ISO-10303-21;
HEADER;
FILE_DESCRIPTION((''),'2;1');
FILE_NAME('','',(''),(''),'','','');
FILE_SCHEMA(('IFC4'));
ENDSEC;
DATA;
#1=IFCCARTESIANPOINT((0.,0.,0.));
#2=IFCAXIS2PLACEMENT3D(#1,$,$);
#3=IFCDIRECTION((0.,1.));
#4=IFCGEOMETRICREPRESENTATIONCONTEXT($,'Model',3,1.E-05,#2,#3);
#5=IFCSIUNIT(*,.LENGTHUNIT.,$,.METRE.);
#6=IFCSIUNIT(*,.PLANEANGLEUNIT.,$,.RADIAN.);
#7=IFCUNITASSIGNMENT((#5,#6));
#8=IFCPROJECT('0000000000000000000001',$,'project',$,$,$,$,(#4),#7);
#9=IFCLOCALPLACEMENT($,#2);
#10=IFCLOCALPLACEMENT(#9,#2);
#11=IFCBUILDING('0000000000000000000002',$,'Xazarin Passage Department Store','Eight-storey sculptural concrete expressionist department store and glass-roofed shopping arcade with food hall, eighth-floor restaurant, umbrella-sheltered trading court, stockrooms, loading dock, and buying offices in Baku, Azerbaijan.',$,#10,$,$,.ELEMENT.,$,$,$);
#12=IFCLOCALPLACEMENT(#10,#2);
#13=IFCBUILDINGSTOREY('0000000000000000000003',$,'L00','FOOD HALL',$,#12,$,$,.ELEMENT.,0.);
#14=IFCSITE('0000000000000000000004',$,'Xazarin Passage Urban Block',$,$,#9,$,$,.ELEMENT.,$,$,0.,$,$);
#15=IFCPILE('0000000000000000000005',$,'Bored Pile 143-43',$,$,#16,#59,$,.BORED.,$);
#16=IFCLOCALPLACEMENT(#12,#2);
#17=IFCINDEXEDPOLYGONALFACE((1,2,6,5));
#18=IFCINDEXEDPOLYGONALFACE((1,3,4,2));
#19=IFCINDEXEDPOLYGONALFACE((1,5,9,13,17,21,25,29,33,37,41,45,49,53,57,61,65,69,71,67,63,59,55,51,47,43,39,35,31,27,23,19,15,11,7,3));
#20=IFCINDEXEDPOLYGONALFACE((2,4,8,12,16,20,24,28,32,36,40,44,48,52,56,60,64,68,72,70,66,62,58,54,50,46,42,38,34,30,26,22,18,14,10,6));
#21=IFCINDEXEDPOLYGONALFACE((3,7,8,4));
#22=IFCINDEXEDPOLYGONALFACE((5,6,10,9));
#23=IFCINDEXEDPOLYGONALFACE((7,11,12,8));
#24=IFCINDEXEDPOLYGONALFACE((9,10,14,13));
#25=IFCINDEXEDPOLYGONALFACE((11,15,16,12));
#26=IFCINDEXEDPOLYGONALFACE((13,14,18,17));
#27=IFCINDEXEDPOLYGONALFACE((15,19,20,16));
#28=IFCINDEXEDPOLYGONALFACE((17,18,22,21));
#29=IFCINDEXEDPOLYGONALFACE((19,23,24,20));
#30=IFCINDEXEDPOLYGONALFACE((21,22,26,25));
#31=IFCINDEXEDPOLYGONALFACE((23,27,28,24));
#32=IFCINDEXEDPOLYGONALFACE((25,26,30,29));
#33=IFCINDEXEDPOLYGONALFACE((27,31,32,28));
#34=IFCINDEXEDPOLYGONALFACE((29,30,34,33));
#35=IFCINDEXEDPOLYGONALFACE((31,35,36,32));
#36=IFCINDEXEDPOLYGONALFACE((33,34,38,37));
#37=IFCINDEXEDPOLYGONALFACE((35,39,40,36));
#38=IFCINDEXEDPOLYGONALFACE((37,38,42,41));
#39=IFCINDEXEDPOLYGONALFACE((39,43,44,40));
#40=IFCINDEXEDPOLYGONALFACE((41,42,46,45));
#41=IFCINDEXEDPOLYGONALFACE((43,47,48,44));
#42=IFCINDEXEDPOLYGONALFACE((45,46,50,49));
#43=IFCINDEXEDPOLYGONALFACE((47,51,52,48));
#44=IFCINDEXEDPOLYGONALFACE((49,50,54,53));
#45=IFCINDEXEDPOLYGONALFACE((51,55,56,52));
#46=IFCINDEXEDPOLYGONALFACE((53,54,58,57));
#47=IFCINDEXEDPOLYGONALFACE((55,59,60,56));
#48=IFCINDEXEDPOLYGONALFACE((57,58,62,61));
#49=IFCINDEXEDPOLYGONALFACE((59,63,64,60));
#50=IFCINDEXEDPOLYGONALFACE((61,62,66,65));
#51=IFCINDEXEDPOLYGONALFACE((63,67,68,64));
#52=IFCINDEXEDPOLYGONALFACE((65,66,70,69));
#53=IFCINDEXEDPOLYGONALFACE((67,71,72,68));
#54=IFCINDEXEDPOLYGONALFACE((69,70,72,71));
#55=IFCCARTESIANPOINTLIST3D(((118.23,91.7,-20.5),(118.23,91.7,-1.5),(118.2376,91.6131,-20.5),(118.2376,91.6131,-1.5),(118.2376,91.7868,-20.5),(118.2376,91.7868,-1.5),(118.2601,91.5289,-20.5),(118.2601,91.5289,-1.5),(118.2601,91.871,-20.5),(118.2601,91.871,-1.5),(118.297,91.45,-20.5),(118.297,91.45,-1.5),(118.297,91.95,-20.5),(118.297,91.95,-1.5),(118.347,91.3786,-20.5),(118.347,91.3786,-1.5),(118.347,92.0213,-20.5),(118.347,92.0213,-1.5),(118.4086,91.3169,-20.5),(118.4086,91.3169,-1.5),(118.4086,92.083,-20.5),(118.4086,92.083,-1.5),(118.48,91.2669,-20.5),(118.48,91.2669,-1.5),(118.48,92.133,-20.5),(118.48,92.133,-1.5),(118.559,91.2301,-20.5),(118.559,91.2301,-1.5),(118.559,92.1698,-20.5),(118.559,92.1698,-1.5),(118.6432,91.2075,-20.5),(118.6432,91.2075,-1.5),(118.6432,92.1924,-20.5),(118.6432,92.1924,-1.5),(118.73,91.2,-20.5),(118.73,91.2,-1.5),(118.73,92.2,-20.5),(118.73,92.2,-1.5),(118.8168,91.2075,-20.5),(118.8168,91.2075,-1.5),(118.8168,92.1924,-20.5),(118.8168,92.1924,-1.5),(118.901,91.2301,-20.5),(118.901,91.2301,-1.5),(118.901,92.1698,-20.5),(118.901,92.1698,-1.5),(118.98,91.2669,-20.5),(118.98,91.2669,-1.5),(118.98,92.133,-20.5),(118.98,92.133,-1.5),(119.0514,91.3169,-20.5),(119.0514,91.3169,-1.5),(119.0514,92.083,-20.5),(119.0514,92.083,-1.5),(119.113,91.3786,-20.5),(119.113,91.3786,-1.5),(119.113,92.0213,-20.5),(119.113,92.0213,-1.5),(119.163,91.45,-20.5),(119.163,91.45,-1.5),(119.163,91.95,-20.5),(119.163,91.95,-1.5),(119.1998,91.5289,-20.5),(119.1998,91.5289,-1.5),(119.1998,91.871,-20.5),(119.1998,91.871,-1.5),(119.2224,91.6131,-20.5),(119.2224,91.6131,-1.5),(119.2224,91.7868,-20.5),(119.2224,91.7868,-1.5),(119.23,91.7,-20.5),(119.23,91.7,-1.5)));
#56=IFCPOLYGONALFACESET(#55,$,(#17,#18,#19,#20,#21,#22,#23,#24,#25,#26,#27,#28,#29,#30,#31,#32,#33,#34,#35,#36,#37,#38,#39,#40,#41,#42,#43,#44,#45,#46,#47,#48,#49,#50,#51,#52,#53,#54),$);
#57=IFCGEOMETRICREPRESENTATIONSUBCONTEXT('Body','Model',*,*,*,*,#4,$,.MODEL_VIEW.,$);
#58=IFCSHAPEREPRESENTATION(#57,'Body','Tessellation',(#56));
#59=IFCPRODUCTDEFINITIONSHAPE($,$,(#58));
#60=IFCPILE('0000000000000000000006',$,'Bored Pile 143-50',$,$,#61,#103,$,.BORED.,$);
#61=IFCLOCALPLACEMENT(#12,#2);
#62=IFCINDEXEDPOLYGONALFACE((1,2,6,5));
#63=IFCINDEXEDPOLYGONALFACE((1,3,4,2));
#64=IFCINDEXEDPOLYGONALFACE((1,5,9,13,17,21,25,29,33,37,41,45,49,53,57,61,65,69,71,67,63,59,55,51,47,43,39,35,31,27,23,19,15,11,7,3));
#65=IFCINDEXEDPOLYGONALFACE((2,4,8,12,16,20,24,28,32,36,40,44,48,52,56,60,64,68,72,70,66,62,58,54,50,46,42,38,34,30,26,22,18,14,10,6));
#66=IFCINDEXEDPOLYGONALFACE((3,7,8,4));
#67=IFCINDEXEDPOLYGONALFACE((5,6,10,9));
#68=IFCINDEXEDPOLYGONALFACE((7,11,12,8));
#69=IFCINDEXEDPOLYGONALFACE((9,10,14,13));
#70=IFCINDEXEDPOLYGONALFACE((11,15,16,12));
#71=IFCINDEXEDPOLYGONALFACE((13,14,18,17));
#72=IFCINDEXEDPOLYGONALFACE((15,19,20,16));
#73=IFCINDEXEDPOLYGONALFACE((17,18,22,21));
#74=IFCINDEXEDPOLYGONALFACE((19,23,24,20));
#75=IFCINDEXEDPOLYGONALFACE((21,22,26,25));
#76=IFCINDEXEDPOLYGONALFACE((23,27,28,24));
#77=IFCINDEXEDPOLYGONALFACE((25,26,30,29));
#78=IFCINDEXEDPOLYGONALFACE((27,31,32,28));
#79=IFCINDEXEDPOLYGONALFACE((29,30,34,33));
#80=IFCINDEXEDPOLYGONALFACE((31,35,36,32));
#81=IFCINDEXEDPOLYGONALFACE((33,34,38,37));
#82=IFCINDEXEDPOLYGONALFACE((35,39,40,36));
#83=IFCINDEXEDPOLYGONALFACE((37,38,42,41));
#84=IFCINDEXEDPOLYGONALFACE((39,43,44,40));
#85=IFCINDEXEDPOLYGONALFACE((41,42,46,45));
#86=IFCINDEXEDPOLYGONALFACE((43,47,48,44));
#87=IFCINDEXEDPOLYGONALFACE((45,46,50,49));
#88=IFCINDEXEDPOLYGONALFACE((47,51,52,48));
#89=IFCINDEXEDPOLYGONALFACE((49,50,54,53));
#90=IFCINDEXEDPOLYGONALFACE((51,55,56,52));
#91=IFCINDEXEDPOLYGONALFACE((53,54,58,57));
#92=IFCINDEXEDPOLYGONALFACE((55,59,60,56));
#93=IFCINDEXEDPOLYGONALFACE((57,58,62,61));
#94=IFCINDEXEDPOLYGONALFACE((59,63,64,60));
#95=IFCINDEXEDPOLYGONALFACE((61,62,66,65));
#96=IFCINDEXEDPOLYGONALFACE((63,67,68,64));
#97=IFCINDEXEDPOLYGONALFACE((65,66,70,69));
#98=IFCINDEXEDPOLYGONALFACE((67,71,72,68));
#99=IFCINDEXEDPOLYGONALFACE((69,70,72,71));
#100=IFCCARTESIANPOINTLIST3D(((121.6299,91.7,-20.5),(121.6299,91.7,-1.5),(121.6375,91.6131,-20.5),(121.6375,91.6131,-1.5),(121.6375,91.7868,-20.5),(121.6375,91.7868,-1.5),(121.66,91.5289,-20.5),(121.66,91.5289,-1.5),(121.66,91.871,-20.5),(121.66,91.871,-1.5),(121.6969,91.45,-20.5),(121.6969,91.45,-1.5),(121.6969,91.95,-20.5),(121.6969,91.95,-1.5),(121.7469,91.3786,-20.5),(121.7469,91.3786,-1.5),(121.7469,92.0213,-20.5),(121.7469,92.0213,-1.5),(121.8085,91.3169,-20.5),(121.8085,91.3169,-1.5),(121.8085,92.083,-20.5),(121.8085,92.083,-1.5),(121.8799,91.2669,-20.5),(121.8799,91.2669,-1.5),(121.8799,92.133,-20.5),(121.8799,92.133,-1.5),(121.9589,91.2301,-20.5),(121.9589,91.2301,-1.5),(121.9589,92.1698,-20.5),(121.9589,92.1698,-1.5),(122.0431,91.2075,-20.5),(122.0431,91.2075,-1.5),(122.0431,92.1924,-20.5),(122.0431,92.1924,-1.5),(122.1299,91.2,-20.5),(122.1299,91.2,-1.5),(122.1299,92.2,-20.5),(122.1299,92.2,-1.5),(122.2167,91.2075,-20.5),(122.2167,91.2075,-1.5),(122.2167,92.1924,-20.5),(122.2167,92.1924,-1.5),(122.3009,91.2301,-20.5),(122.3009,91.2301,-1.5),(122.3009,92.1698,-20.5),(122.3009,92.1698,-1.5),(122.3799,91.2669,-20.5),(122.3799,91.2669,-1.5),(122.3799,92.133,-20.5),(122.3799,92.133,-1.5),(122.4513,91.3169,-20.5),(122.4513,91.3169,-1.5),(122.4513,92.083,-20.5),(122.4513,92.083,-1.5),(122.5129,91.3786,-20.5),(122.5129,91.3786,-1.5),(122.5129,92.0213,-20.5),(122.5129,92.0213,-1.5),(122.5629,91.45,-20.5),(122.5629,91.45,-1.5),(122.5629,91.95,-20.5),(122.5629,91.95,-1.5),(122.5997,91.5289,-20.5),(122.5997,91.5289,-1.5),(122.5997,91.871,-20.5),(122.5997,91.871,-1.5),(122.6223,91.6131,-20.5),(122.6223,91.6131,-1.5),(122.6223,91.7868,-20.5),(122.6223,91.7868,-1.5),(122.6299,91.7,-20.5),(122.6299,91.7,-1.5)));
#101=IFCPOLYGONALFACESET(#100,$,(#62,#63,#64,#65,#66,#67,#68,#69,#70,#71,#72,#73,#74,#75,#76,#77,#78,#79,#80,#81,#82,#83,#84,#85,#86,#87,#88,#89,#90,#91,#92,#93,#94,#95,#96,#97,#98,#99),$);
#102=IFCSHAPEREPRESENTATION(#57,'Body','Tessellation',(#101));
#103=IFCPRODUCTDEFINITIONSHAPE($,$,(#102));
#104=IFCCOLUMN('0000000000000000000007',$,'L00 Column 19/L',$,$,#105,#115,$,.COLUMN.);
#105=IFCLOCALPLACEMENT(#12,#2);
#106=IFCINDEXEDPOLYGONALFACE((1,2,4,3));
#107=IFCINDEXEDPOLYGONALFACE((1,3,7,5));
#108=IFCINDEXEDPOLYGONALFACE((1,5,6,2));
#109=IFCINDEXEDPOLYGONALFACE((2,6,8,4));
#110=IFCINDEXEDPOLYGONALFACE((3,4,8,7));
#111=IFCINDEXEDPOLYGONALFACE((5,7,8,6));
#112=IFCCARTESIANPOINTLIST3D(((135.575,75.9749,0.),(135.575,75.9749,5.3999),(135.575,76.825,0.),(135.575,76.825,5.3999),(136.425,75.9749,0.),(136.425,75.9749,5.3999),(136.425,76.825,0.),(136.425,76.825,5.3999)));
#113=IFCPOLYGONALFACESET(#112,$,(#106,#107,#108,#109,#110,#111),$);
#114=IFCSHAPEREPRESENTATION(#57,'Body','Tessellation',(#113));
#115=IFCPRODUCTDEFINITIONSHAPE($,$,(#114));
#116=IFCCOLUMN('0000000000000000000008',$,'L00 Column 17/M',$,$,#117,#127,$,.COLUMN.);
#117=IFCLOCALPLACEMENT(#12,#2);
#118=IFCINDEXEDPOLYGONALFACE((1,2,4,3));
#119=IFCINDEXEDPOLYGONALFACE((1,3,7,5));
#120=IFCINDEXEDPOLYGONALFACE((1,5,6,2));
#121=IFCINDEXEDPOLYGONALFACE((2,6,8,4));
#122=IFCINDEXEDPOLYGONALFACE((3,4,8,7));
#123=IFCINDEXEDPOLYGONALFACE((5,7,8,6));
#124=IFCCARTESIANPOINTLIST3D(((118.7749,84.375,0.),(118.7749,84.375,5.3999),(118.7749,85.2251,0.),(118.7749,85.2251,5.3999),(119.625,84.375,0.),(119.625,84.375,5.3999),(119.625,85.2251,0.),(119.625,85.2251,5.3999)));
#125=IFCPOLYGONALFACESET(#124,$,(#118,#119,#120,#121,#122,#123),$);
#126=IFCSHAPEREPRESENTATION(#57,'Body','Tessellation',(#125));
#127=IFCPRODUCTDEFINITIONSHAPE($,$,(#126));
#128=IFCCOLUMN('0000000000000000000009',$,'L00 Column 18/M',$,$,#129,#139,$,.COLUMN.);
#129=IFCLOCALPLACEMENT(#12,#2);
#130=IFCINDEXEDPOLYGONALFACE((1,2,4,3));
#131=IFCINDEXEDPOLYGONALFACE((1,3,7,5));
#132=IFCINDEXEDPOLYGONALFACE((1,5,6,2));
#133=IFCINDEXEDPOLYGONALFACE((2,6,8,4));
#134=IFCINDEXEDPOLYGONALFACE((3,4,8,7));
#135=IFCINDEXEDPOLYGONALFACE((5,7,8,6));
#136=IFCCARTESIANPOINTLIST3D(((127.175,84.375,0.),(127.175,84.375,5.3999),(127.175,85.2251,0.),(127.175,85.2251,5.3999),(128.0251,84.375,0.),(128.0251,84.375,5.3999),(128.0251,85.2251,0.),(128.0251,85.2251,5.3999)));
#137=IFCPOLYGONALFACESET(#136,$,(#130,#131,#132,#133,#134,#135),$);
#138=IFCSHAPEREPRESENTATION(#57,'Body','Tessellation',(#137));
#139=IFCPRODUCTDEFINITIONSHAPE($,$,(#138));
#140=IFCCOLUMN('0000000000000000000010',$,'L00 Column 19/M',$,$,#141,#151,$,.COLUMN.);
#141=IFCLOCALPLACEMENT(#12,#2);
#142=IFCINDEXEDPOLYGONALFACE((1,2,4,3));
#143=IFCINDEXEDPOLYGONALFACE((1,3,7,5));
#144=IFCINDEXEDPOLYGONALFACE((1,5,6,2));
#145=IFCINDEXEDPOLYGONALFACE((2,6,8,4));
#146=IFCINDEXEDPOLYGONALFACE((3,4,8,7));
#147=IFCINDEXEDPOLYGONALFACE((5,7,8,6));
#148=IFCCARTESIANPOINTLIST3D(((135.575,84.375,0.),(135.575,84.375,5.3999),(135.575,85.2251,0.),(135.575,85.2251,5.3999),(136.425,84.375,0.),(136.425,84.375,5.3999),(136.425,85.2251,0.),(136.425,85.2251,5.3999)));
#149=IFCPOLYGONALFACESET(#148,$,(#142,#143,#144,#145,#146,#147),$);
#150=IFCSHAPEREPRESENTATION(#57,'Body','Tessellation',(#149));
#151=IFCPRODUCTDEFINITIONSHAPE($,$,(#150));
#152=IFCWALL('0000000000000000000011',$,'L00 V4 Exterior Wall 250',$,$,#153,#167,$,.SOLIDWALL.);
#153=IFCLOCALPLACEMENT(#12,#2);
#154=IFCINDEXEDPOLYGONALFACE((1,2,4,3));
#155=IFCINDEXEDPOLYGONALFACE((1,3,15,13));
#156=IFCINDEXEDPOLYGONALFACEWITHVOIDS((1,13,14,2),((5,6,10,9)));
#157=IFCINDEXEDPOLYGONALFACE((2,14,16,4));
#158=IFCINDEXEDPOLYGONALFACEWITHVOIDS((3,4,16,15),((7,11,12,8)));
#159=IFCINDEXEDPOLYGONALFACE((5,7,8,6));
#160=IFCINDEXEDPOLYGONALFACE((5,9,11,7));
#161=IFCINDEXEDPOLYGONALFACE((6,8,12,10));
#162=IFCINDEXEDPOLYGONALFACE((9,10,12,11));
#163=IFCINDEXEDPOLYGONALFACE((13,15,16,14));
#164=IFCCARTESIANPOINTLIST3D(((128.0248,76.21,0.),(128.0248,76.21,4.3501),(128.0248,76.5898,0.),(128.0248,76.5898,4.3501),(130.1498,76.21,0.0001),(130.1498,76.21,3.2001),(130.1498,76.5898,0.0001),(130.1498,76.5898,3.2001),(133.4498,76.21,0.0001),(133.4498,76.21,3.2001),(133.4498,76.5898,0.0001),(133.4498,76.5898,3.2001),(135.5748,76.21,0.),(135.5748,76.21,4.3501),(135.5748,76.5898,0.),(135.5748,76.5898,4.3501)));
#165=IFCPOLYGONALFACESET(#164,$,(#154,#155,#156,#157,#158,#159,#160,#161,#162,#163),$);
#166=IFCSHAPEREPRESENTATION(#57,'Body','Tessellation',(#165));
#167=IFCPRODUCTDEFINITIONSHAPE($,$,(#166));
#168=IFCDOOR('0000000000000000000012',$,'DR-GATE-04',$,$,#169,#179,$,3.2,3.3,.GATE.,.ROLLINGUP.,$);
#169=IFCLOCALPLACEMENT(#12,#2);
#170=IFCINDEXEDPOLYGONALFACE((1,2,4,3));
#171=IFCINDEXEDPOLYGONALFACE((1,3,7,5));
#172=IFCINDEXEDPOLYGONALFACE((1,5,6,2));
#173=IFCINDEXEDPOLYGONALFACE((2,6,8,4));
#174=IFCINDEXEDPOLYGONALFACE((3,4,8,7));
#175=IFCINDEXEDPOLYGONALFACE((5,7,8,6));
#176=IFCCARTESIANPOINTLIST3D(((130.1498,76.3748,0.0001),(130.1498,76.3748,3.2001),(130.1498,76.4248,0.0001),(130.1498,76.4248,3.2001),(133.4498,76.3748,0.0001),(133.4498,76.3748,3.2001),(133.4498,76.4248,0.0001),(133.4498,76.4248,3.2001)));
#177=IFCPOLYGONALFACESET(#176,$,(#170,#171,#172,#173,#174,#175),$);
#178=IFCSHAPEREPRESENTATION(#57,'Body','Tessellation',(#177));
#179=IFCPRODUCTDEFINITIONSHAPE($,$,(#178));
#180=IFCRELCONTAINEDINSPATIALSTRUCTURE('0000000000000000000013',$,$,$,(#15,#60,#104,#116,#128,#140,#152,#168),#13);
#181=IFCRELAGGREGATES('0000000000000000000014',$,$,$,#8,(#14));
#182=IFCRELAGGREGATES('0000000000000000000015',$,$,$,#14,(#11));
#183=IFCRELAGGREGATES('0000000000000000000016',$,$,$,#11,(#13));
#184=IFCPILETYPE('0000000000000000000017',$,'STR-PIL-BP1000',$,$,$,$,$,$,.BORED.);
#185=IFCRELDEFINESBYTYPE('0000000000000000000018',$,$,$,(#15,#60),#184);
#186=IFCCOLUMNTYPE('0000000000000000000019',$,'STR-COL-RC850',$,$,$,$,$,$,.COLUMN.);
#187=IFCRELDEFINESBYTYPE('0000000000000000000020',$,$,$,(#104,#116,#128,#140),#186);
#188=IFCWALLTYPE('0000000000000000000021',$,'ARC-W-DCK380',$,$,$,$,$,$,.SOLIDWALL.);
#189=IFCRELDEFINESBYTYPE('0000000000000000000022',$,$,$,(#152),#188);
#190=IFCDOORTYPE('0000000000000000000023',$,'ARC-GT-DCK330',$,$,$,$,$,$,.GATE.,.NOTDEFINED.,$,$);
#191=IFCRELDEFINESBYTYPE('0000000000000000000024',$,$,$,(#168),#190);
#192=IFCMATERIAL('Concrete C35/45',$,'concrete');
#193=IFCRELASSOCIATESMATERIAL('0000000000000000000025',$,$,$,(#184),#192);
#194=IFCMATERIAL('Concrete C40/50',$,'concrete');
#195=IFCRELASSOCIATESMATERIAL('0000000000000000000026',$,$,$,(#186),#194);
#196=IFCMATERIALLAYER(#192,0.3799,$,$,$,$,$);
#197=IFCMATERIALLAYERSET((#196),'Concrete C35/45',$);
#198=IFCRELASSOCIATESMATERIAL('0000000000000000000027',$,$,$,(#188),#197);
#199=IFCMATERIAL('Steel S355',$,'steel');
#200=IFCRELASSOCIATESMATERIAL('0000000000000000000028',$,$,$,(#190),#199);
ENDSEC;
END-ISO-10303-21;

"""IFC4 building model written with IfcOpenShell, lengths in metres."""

from ifc_helpers import new_model, si_unit, direction, frame, frame_2d, origin, origin_2d, place, context, subcontext, project, spatial, rectangle, circle, extrude, material, layer, layer_set, material_profile, profile_set, type_object, element, fill, save


model = new_model("IFC4")

# Units and contexts
model_context = context("Model", 3, precision=1e-05, world=origin(), true_north=direction((0.0, 1.0)))
body_context = subcontext(model_context, "Body", "Model", "MODEL_VIEW")
ifc_project = project(units=[si_unit("LENGTHUNIT", "METRE"), si_unit("PLANEANGLEUNIT", "RADIAN")], contexts=[model_context])

# Site, building, storey
site_placement = place(None, origin())
site = spatial("IfcSite", under=ifc_project, at=site_placement, Name="Xazarin Passage Urban Block", CompositionType="ELEMENT", RefElevation=0.0)
building_placement = place(site_placement, origin())
building = spatial("IfcBuilding", under=site, at=building_placement, Name="Xazarin Passage Department Store", Description="Eight-storey sculptural concrete expressionist department store and glass-roofed shopping arcade with food hall, eighth-floor restaurant, umbrella-sheltered trading court, stockrooms, loading dock, and buying offices in Baku, Azerbaijan.", CompositionType="ELEMENT")
storey_placement = place(building_placement, origin())
storey = spatial("IfcBuildingStorey", under=building, at=storey_placement, Name="L00", Description="FOOD HALL", CompositionType="ELEMENT", Elevation=0.0)

# Shared definitions
ifc_material_1 = material(Name="Concrete C35/45", Category="concrete")

# Piles
ifc_material_profile_1 = material_profile(ifc_material_1, circle(Radius=0.5, at=origin_2d()), Name="BP 1000")
ifc_profile_set_1 = profile_set([ifc_material_profile_1], Name="Concrete C35/45")
pile_type = type_object("IfcPileType", Name="STR-PIL-BP1000", PredefinedType="BORED", material=ifc_profile_set_1)
for number, where, z_axis, x_axis, name in (
    (1, (118.73, 91.7, -1.5), (0.0, 0.0, -1.0), (1.0, 0.0, 0.0), "Bored Pile 143-43"),
    (2, (122.1299, 91.7, -1.5), (0.0, 0.0, -1.0), (1.0, 0.0, 0.0), "Bored Pile 143-50"),
):
    element("IfcPile", number, at=place(storey_placement, frame(where, z_axis=z_axis, x_axis=x_axis)), inside=storey, type_object=pile_type, Name=name, PredefinedType="BORED", context=body_context, shape_type="SweptSolid", body=[
        extrude(circle(Radius=0.5, at=origin_2d()), origin(), (0.0, 0.0, 1.0), 19.0),
    ])

# Columns
ifc_material_2 = material(Name="Concrete C40/50", Category="concrete")
ifc_material_profile_2 = material_profile(ifc_material_2, rectangle(XDim=0.8501, YDim=0.8501, at=origin_2d()), Name="RC 850x850")
ifc_profile_set_2 = profile_set([ifc_material_profile_2], Name="Concrete C40/50")
column_type = type_object("IfcColumnType", Name="STR-COL-RC850", PredefinedType="COLUMN", material=ifc_profile_set_2)
for number, where, z_axis, x_axis, name in (
    (3, (136.0, 76.3999, 0.0), (0.0, 0.0, 1.0), (1.0, 0.0, 0.0), "L00 Column 19/L"),
    (4, (119.2, 84.8, 0.0), (0.0, 0.0, 1.0), (1.0, 0.0, 0.0), "L00 Column 17/M"),
    (5, (127.6001, 84.8, 0.0), (0.0, 0.0, 1.0), (1.0, 0.0, 0.0), "L00 Column 18/M"),
    (6, (136.0, 84.8, 0.0), (0.0, 0.0, 1.0), (1.0, 0.0, 0.0), "L00 Column 19/M"),
):
    element("IfcColumn", number, at=place(storey_placement, frame(where, z_axis=z_axis, x_axis=x_axis)), inside=storey, type_object=column_type, Name=name, PredefinedType="COLUMN", context=body_context, shape_type="SweptSolid", body=[
        extrude(rectangle(XDim=0.8501, YDim=0.8501, at=origin_2d()), origin(), (0.0, 0.0, 1.0), 5.3999),
    ])

# Wall, opening, door
ifc_layer = layer(ifc_material_1, 0.3799)
ifc_layer_set = layer_set([ifc_layer], Name="Concrete C35/45")
wall_type = type_object("IfcWallType", Name="ARC-W-DCK380", PredefinedType="SOLIDWALL", material=ifc_layer_set)
wall_1_placement = place(storey_placement, frame((128.0249, 76.3999, 0.0), z_axis=(0.0, 0.0, 1.0), x_axis=(1.0, 0.0, 0.0)))
wall_1 = element("IfcWall", 7, at=wall_1_placement, inside=storey, type_object=wall_type, Name="L00 V4 Exterior Wall 250", PredefinedType="SOLIDWALL", context=body_context, shape_type="SweptSolid", body=[
    extrude(rectangle(XDim=7.55, YDim=0.3799, at=frame_2d((3.7749, 0.0))), origin(), (0.0, 0.0, 1.0), 4.3501),
])
opening_1_placement = place(wall_1_placement, frame((2.125, 0.0, 0.0)))
opening_1 = element("IfcOpeningElement", 8, at=opening_1_placement, cuts=wall_1, PredefinedType="OPENING", context=body_context, shape_type="SweptSolid", body=[
    extrude(rectangle(XDim=3.3, YDim=3.2, at=frame_2d((1.6499, 1.6001))), frame((0.0, 0.2, 0.0), z_axis=(0.0, -1.0, 0.0), x_axis=(1.0, 0.0, 0.0)), (0.0, 0.0, 1.0), 0.3999),
])
ifc_material_3 = material(Name="Steel S355", Category="steel")
door_type_1 = type_object("IfcDoorType", Name="ARC-GT-DCK330", OperationType="NOTDEFINED", PredefinedType="GATE", material=ifc_material_3)
door_1_placement = place(opening_1_placement, origin())
door_1 = element("IfcDoor", 9, at=door_1_placement, inside=storey, type_object=door_type_1, Name="DR-GATE-04", OperationType="ROLLINGUP", OverallHeight=3.2, OverallWidth=3.3, PredefinedType="GATE", context=body_context, shape_type="SweptSolid", body=[
    extrude(rectangle(XDim=3.3, YDim=3.2, at=frame_2d((1.6499, 1.6001))), frame((0.0, 0.0249, 0.0), z_axis=(0.0, -1.0, 0.0), x_axis=(1.0, 0.0, 0.0)), (0.0, 0.0, 1.0), 0.05),
])
fill(opening_1, door_1)

save(model, "model.ifc")
